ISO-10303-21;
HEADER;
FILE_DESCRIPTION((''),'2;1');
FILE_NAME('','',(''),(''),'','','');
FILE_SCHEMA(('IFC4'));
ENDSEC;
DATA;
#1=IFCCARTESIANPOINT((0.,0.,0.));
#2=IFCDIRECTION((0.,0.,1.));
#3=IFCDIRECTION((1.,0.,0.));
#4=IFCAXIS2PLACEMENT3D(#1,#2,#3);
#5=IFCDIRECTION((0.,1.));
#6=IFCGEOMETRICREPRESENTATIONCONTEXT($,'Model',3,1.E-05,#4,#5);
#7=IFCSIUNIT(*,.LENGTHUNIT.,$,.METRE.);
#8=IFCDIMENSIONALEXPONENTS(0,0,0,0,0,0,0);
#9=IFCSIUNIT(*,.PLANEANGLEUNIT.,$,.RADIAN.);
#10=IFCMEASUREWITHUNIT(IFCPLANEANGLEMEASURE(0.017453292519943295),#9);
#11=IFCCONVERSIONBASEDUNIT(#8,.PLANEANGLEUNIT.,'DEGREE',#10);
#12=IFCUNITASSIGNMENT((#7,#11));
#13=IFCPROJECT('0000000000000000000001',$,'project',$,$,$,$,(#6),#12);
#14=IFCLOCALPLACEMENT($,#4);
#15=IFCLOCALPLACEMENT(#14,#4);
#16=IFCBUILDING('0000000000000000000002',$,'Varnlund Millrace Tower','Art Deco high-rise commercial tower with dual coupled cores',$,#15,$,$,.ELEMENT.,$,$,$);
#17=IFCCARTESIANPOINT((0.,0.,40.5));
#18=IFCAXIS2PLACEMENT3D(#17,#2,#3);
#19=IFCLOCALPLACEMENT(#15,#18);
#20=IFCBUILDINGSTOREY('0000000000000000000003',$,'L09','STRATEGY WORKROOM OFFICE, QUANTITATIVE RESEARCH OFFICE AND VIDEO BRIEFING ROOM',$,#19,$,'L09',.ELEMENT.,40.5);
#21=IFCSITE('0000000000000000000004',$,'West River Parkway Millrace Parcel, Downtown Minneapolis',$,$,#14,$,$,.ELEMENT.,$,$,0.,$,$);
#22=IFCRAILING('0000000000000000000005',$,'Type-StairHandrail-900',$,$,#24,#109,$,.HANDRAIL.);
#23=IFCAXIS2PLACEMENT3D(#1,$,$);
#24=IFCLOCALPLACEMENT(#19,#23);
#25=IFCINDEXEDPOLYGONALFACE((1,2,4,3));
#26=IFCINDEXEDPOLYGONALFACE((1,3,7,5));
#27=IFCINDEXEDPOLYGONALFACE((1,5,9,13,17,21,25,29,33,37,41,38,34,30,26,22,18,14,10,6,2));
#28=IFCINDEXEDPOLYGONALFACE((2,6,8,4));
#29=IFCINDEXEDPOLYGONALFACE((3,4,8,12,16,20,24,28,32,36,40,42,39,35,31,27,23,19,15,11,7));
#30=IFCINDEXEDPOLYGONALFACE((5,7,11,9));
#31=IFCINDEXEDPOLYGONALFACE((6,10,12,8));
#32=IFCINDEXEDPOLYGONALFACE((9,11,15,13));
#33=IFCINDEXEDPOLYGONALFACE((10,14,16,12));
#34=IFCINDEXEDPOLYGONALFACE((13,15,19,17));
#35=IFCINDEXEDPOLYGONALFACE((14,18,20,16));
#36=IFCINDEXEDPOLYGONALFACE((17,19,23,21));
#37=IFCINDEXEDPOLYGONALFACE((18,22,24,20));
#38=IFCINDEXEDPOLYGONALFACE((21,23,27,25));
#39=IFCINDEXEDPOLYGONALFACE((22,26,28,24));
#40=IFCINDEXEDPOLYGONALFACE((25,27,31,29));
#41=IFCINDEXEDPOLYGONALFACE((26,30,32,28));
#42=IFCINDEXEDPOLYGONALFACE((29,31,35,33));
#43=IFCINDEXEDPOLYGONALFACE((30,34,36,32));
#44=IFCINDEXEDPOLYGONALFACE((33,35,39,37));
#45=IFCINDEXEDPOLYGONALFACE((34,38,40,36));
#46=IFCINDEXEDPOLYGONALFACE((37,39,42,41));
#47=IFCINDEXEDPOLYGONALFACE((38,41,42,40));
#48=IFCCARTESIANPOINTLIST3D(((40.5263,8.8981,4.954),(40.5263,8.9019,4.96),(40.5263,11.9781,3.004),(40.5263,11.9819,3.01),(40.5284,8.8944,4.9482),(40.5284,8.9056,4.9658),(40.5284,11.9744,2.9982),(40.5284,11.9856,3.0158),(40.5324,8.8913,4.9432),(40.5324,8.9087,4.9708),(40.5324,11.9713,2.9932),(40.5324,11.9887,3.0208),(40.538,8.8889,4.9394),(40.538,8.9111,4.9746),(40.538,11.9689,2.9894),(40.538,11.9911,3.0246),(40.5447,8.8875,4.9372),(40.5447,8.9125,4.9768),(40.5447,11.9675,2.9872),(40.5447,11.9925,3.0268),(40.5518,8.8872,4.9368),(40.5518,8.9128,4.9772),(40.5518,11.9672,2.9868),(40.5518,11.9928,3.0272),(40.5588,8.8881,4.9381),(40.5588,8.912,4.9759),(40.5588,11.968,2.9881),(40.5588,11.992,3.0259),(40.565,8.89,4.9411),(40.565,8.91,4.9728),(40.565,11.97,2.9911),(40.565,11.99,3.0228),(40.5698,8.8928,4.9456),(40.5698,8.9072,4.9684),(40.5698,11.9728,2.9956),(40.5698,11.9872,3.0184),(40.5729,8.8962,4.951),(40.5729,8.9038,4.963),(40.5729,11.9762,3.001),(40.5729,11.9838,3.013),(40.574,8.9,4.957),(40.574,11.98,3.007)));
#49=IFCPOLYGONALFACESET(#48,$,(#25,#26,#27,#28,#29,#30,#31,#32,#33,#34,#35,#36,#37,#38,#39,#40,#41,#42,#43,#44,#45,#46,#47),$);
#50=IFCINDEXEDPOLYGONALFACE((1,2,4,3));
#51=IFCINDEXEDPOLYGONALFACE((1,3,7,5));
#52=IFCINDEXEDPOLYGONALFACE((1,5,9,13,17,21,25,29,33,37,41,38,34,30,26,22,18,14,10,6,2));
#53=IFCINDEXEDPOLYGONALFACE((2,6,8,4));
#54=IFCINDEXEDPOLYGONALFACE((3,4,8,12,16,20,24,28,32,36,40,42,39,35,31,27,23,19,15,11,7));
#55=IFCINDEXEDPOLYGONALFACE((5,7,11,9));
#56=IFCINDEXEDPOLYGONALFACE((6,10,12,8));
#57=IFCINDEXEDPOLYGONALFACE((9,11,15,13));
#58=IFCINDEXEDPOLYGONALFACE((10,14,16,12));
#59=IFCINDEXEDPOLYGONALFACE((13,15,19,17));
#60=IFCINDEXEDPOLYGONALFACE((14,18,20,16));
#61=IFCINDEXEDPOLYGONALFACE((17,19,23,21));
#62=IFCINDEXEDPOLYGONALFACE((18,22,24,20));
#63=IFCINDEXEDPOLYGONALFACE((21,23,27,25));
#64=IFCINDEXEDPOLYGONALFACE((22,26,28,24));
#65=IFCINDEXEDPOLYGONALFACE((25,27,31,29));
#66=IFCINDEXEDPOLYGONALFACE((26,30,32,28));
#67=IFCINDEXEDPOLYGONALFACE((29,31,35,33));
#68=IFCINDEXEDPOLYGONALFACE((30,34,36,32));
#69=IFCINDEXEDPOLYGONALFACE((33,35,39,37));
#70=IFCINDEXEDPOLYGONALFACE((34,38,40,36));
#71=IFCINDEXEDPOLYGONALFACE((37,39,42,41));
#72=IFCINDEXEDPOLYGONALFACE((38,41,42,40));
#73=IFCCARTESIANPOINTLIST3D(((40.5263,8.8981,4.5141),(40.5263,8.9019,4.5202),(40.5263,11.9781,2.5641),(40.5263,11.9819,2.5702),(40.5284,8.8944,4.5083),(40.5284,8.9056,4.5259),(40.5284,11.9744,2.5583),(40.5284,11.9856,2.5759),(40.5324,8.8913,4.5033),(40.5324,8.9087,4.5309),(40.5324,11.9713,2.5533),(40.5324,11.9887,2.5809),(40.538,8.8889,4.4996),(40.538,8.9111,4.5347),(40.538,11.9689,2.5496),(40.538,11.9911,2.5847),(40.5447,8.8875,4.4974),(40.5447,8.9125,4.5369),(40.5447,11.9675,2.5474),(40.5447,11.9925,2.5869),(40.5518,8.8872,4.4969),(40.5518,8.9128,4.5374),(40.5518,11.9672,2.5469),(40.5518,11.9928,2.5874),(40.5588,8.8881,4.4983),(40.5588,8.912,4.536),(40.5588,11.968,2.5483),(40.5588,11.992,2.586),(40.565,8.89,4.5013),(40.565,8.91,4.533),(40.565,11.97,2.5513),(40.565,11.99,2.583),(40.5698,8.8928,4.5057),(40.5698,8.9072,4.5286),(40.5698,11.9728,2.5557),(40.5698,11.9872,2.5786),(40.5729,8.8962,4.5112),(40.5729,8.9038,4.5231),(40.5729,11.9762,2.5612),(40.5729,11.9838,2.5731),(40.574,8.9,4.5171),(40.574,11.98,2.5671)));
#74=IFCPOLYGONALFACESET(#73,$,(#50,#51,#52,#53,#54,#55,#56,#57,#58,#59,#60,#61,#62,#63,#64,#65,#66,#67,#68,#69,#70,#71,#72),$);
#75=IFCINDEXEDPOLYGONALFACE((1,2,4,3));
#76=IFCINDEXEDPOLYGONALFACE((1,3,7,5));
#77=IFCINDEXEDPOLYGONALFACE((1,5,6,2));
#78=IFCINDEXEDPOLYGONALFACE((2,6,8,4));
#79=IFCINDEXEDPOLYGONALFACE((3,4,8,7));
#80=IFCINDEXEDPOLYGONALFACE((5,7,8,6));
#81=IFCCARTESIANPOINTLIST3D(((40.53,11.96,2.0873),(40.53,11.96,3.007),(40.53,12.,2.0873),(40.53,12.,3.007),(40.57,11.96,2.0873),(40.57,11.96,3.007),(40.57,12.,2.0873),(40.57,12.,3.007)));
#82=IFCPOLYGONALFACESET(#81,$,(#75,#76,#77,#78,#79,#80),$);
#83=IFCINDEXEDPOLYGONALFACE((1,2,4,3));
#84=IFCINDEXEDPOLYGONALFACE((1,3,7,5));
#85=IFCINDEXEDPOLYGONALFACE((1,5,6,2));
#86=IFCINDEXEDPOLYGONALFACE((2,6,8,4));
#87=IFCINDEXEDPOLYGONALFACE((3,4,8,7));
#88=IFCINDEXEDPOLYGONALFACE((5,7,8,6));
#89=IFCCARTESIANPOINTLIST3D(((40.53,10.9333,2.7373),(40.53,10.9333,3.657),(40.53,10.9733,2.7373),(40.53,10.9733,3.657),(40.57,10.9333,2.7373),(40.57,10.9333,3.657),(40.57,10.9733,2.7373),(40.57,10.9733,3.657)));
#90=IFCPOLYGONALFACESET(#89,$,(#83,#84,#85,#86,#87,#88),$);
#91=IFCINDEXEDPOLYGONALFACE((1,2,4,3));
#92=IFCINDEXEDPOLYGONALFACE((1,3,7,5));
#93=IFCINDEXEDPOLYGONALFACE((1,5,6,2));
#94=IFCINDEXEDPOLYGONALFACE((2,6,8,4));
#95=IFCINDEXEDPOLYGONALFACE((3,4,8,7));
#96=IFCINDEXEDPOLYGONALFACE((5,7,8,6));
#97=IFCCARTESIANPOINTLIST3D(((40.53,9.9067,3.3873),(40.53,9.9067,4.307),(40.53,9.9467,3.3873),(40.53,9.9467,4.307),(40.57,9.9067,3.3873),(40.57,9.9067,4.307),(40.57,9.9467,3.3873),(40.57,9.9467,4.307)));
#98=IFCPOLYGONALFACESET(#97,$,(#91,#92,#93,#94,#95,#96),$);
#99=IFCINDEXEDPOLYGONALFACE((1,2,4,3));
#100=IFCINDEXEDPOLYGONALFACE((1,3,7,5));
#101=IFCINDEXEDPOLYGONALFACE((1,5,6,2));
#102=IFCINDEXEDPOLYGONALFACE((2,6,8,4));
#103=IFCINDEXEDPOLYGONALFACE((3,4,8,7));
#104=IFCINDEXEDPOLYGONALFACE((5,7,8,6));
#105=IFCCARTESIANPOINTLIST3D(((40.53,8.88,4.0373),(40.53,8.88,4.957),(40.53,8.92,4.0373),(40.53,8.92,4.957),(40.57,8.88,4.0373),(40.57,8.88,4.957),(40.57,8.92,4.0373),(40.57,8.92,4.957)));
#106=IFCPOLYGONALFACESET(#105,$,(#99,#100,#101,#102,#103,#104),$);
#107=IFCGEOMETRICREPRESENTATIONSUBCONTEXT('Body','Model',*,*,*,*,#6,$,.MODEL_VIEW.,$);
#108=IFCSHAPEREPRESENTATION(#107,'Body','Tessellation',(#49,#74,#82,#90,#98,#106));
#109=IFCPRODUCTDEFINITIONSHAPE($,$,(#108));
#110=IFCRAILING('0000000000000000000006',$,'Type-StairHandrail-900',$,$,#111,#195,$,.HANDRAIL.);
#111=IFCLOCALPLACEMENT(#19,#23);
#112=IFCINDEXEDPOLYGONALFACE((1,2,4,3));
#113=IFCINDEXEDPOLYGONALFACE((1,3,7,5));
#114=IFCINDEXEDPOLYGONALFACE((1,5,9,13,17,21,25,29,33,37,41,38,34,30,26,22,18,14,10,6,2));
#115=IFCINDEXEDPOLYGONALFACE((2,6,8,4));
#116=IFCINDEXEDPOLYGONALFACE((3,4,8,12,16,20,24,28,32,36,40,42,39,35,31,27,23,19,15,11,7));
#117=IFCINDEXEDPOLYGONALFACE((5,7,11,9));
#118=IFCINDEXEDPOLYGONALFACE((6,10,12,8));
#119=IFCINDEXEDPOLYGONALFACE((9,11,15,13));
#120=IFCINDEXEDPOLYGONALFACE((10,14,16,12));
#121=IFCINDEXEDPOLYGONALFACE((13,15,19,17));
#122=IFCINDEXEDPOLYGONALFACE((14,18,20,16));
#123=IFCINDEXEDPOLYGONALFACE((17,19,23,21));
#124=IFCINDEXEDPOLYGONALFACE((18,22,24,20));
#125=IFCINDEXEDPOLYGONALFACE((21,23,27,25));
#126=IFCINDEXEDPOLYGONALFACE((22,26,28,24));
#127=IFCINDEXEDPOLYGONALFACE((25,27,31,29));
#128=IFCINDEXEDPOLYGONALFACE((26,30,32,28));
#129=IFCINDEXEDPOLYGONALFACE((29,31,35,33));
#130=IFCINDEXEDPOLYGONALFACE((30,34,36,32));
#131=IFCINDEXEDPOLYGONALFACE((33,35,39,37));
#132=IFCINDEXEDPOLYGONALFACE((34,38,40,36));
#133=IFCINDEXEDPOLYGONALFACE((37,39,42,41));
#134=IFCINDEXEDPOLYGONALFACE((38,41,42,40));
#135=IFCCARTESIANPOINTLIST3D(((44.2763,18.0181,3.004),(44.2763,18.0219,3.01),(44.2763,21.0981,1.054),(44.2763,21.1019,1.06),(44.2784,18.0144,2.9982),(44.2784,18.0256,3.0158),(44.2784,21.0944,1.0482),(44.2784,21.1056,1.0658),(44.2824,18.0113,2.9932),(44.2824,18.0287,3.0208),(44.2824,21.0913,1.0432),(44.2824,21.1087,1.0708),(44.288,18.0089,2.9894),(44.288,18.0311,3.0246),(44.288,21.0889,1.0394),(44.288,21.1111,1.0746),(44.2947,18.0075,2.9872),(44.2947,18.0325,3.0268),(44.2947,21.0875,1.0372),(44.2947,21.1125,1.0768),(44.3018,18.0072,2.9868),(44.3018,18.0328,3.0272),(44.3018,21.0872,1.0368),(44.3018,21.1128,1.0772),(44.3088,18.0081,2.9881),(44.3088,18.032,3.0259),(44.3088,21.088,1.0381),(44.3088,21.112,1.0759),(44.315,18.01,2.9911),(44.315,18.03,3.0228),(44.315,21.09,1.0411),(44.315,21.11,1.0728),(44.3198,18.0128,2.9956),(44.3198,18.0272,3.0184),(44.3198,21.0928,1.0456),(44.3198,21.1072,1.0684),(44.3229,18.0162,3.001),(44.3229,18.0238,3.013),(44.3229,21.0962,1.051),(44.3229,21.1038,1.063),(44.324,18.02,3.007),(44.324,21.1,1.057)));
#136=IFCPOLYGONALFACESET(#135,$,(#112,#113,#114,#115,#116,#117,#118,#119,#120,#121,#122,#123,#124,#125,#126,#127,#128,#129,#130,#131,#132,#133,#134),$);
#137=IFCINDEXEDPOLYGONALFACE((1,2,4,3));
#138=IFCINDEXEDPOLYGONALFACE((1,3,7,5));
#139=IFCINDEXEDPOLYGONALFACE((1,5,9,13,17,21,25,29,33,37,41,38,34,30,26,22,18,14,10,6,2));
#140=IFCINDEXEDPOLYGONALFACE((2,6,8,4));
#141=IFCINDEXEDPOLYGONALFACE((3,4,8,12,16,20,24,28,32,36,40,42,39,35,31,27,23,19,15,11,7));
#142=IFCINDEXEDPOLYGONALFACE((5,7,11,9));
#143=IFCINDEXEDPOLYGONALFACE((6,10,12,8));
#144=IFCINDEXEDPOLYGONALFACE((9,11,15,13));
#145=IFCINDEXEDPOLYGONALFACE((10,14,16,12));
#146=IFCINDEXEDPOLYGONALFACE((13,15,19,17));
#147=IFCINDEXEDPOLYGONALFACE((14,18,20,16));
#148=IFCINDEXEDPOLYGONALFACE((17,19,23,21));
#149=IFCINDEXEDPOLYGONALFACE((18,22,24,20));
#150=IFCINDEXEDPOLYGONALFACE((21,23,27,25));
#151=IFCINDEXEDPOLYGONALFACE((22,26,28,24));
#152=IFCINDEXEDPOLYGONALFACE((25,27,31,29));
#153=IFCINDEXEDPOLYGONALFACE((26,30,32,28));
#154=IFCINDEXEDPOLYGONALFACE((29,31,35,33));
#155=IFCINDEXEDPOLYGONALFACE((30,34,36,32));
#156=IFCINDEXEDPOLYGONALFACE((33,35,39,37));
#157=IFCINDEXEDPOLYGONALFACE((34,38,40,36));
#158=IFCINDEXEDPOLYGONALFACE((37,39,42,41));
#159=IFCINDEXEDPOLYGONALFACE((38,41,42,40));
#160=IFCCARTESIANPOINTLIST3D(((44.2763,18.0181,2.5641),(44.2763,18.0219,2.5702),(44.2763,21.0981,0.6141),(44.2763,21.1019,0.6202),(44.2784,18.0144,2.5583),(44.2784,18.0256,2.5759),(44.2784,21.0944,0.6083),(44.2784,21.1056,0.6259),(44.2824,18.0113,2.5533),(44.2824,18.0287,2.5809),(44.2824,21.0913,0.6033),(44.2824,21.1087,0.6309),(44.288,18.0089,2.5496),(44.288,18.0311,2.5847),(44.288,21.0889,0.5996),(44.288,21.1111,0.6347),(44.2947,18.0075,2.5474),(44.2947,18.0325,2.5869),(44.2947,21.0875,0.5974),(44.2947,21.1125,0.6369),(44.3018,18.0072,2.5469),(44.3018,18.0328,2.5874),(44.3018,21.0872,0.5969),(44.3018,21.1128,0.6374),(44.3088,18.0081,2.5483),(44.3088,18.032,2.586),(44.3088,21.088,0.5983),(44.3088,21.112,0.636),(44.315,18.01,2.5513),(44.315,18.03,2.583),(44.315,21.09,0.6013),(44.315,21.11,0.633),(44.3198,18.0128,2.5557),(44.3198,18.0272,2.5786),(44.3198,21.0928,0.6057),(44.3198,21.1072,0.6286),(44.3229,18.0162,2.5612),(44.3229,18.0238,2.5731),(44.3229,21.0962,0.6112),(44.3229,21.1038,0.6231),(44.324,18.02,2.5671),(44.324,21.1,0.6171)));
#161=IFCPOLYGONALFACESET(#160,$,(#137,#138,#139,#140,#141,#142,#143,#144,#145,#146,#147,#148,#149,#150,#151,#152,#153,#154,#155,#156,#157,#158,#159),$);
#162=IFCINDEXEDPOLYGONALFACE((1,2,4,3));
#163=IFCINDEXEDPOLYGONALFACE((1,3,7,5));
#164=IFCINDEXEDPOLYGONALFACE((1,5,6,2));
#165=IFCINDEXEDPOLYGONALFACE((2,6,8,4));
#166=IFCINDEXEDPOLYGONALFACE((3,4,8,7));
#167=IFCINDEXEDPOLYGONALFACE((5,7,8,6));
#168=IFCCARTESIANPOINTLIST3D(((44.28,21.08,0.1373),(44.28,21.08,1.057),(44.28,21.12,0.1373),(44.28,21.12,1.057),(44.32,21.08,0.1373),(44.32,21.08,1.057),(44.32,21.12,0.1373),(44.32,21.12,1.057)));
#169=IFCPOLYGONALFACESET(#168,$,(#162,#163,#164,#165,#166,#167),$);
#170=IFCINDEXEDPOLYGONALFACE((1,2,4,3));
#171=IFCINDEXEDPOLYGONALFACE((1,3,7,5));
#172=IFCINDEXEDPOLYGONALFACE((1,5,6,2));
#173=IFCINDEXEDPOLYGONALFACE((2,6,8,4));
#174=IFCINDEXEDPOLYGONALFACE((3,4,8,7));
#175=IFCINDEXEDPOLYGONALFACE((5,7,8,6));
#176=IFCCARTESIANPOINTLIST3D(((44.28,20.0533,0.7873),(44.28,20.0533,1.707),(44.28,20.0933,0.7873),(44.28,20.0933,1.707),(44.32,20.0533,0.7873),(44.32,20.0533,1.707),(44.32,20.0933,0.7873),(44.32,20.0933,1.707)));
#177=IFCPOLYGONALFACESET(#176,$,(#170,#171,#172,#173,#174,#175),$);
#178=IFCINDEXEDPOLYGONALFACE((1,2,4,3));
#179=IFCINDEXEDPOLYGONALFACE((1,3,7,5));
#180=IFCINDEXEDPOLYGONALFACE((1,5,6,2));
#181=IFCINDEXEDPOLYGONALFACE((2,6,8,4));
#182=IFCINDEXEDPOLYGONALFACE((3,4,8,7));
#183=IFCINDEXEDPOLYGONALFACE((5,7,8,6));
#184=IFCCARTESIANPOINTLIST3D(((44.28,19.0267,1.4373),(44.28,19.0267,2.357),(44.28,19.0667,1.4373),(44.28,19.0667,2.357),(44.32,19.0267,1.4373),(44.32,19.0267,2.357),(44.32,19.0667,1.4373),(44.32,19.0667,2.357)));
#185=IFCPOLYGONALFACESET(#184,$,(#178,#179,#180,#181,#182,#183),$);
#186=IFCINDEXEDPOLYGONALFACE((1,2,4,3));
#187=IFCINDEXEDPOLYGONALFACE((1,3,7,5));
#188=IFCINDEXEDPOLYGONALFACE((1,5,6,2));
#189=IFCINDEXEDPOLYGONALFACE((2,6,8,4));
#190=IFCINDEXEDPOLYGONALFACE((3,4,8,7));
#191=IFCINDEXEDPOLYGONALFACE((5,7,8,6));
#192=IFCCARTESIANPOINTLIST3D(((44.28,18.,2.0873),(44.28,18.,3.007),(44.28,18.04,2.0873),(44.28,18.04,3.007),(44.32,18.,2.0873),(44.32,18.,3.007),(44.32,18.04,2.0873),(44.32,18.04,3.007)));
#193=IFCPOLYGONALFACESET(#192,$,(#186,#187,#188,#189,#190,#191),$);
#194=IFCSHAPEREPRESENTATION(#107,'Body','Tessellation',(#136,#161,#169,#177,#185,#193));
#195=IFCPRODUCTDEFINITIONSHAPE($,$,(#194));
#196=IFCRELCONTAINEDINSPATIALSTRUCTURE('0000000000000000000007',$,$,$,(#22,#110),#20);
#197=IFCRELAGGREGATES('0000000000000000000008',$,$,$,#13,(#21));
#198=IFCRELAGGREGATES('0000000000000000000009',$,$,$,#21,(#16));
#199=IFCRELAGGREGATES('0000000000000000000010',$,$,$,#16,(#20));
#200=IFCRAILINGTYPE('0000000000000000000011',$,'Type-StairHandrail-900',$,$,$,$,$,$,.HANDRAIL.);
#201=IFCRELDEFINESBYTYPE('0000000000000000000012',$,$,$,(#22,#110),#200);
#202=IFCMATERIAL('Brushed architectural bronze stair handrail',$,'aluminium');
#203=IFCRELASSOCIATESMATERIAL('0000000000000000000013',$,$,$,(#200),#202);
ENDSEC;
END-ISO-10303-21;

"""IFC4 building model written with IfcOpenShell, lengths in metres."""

from ifc_helpers import new_model, entity, si_unit, converted_unit, direction, frame, origin_with_axes, origin_2d_with_axis, place, context, subcontext, project, spatial, rectangle, circle, extrude, material, type_object, element, save


model = new_model("IFC4")

# Units and contexts
model_context = context("Model", 3, precision=1e-05, world=origin_with_axes(), true_north=direction((0.0, 1.0)))
body_context = subcontext(model_context, "Body", "Model", "MODEL_VIEW")
ifc_project = project(units=[si_unit("LENGTHUNIT", "METRE"), converted_unit("PLANEANGLEUNIT", "DEGREE", entity("IfcPlaneAngleMeasure", 0.017453292519943295), si_unit("PLANEANGLEUNIT", "RADIAN"), dimensions=[0, 0, 0, 0, 0, 0, 0])], contexts=[model_context])

# Site, building, storey
site_placement = place(None, origin_with_axes())
site = spatial("IfcSite", under=ifc_project, at=site_placement, Name="West River Parkway Millrace Parcel, Downtown Minneapolis", CompositionType="ELEMENT", RefElevation=0.0)
building_placement = place(site_placement, origin_with_axes())
building = spatial("IfcBuilding", under=site, at=building_placement, Name="Varnlund Millrace Tower", Description="Art Deco high-rise commercial tower with dual coupled cores", CompositionType="ELEMENT")
storey_placement = place(building_placement, frame((0.0, 0.0, 40.5), z_axis=(0.0, 0.0, 1.0), x_axis=(1.0, 0.0, 0.0)))
storey = spatial("IfcBuildingStorey", under=building, at=storey_placement, Name="L09", Description="STRATEGY WORKROOM OFFICE, QUANTITATIVE RESEARCH OFFICE AND VIDEO BRIEFING ROOM", LongName="L09", CompositionType="ELEMENT", Elevation=40.5)

# Railings
ifc_material_1 = material(Name="Brushed architectural bronze stair handrail", Category="aluminium")
railing_type_1 = type_object("IfcRailingType", Name="Type-StairHandrail-900", PredefinedType="HANDRAIL", material=ifc_material_1)
railing_1_placement = place(storey_placement, frame((0.0, 0.0, -40.5), z_axis=(0.0, 0.0, 1.0), x_axis=(1.0, 0.0, 0.0)))
element("IfcRailing", 1, at=railing_1_placement, inside=storey, type_object=railing_type_1, Name="Type-StairHandrail-900", PredefinedType="HANDRAIL", context=body_context, shape_type="SweptSolid", body=[
    extrude(circle(Radius=0.024, at=origin_2d_with_axis()), frame((40.55, 11.98, 43.507), z_axis=(0.0, -0.844902, 0.534922), x_axis=(1.0, 0.0, 0.0)), (0.0, 0.0, 1.0), 3.6454),
    extrude(circle(Radius=0.024, at=origin_2d_with_axis()), frame((40.55, 11.98, 43.0671), z_axis=(0.0, -0.844902, 0.534922), x_axis=(1.0, 0.0, 0.0)), (0.0, 0.0, 1.0), 3.6454),
    extrude(rectangle(XDim=0.04, YDim=0.04, at=origin_2d_with_axis()), frame((40.55, 11.98, 42.5873), z_axis=(0.0, 0.0, 1.0), x_axis=(1.0, 0.0, 0.0)), (0.0, 0.0, 1.0), 0.9197),
    extrude(rectangle(XDim=0.04, YDim=0.04, at=origin_2d_with_axis()), frame((40.55, 10.9533, 43.2373), z_axis=(0.0, 0.0, 1.0), x_axis=(1.0, 0.0, 0.0)), (0.0, 0.0, 1.0), 0.9197),
    extrude(rectangle(XDim=0.04, YDim=0.04, at=origin_2d_with_axis()), frame((40.55, 9.9267, 43.8873), z_axis=(0.0, 0.0, 1.0), x_axis=(1.0, 0.0, 0.0)), (0.0, 0.0, 1.0), 0.9197),
    extrude(rectangle(XDim=0.04, YDim=0.04, at=origin_2d_with_axis()), frame((40.55, 8.9, 44.5373), z_axis=(0.0, 0.0, 1.0), x_axis=(1.0, 0.0, 0.0)), (0.0, 0.0, 1.0), 0.9197),
])
railing_2_placement = place(storey_placement, frame((0.0, 0.0, -40.5), z_axis=(0.0, 0.0, 1.0), x_axis=(1.0, 0.0, 0.0)))
element("IfcRailing", 2, at=railing_2_placement, inside=storey, type_object=railing_type_1, Name="Type-StairHandrail-900", PredefinedType="HANDRAIL", context=body_context, shape_type="SweptSolid", body=[
    extrude(circle(Radius=0.024, at=origin_2d_with_axis()), frame((44.3, 21.1, 41.557), z_axis=(0.0, -0.844902, 0.534922), x_axis=(1.0, 0.0, 0.0)), (0.0, 0.0, 1.0), 3.6454),
    extrude(circle(Radius=0.024, at=origin_2d_with_axis()), frame((44.3, 21.1, 41.1171), z_axis=(0.0, -0.844902, 0.534922), x_axis=(1.0, 0.0, 0.0)), (0.0, 0.0, 1.0), 3.6454),
    extrude(rectangle(XDim=0.04, YDim=0.04, at=origin_2d_with_axis()), frame((44.3, 21.1, 40.6373), z_axis=(0.0, 0.0, 1.0), x_axis=(1.0, 0.0, 0.0)), (0.0, 0.0, 1.0), 0.9197),
    extrude(rectangle(XDim=0.04, YDim=0.04, at=origin_2d_with_axis()), frame((44.3, 20.0733, 41.2873), z_axis=(0.0, 0.0, 1.0), x_axis=(1.0, 0.0, 0.0)), (0.0, 0.0, 1.0), 0.9197),
    extrude(rectangle(XDim=0.04, YDim=0.04, at=origin_2d_with_axis()), frame((44.3, 19.0467, 41.9373), z_axis=(0.0, 0.0, 1.0), x_axis=(1.0, 0.0, 0.0)), (0.0, 0.0, 1.0), 0.9197),
    extrude(rectangle(XDim=0.04, YDim=0.04, at=origin_2d_with_axis()), frame((44.3, 18.02, 42.5873), z_axis=(0.0, 0.0, 1.0), x_axis=(1.0, 0.0, 0.0)), (0.0, 0.0, 1.0), 0.9197),
])

save(model, "model.ifc")
